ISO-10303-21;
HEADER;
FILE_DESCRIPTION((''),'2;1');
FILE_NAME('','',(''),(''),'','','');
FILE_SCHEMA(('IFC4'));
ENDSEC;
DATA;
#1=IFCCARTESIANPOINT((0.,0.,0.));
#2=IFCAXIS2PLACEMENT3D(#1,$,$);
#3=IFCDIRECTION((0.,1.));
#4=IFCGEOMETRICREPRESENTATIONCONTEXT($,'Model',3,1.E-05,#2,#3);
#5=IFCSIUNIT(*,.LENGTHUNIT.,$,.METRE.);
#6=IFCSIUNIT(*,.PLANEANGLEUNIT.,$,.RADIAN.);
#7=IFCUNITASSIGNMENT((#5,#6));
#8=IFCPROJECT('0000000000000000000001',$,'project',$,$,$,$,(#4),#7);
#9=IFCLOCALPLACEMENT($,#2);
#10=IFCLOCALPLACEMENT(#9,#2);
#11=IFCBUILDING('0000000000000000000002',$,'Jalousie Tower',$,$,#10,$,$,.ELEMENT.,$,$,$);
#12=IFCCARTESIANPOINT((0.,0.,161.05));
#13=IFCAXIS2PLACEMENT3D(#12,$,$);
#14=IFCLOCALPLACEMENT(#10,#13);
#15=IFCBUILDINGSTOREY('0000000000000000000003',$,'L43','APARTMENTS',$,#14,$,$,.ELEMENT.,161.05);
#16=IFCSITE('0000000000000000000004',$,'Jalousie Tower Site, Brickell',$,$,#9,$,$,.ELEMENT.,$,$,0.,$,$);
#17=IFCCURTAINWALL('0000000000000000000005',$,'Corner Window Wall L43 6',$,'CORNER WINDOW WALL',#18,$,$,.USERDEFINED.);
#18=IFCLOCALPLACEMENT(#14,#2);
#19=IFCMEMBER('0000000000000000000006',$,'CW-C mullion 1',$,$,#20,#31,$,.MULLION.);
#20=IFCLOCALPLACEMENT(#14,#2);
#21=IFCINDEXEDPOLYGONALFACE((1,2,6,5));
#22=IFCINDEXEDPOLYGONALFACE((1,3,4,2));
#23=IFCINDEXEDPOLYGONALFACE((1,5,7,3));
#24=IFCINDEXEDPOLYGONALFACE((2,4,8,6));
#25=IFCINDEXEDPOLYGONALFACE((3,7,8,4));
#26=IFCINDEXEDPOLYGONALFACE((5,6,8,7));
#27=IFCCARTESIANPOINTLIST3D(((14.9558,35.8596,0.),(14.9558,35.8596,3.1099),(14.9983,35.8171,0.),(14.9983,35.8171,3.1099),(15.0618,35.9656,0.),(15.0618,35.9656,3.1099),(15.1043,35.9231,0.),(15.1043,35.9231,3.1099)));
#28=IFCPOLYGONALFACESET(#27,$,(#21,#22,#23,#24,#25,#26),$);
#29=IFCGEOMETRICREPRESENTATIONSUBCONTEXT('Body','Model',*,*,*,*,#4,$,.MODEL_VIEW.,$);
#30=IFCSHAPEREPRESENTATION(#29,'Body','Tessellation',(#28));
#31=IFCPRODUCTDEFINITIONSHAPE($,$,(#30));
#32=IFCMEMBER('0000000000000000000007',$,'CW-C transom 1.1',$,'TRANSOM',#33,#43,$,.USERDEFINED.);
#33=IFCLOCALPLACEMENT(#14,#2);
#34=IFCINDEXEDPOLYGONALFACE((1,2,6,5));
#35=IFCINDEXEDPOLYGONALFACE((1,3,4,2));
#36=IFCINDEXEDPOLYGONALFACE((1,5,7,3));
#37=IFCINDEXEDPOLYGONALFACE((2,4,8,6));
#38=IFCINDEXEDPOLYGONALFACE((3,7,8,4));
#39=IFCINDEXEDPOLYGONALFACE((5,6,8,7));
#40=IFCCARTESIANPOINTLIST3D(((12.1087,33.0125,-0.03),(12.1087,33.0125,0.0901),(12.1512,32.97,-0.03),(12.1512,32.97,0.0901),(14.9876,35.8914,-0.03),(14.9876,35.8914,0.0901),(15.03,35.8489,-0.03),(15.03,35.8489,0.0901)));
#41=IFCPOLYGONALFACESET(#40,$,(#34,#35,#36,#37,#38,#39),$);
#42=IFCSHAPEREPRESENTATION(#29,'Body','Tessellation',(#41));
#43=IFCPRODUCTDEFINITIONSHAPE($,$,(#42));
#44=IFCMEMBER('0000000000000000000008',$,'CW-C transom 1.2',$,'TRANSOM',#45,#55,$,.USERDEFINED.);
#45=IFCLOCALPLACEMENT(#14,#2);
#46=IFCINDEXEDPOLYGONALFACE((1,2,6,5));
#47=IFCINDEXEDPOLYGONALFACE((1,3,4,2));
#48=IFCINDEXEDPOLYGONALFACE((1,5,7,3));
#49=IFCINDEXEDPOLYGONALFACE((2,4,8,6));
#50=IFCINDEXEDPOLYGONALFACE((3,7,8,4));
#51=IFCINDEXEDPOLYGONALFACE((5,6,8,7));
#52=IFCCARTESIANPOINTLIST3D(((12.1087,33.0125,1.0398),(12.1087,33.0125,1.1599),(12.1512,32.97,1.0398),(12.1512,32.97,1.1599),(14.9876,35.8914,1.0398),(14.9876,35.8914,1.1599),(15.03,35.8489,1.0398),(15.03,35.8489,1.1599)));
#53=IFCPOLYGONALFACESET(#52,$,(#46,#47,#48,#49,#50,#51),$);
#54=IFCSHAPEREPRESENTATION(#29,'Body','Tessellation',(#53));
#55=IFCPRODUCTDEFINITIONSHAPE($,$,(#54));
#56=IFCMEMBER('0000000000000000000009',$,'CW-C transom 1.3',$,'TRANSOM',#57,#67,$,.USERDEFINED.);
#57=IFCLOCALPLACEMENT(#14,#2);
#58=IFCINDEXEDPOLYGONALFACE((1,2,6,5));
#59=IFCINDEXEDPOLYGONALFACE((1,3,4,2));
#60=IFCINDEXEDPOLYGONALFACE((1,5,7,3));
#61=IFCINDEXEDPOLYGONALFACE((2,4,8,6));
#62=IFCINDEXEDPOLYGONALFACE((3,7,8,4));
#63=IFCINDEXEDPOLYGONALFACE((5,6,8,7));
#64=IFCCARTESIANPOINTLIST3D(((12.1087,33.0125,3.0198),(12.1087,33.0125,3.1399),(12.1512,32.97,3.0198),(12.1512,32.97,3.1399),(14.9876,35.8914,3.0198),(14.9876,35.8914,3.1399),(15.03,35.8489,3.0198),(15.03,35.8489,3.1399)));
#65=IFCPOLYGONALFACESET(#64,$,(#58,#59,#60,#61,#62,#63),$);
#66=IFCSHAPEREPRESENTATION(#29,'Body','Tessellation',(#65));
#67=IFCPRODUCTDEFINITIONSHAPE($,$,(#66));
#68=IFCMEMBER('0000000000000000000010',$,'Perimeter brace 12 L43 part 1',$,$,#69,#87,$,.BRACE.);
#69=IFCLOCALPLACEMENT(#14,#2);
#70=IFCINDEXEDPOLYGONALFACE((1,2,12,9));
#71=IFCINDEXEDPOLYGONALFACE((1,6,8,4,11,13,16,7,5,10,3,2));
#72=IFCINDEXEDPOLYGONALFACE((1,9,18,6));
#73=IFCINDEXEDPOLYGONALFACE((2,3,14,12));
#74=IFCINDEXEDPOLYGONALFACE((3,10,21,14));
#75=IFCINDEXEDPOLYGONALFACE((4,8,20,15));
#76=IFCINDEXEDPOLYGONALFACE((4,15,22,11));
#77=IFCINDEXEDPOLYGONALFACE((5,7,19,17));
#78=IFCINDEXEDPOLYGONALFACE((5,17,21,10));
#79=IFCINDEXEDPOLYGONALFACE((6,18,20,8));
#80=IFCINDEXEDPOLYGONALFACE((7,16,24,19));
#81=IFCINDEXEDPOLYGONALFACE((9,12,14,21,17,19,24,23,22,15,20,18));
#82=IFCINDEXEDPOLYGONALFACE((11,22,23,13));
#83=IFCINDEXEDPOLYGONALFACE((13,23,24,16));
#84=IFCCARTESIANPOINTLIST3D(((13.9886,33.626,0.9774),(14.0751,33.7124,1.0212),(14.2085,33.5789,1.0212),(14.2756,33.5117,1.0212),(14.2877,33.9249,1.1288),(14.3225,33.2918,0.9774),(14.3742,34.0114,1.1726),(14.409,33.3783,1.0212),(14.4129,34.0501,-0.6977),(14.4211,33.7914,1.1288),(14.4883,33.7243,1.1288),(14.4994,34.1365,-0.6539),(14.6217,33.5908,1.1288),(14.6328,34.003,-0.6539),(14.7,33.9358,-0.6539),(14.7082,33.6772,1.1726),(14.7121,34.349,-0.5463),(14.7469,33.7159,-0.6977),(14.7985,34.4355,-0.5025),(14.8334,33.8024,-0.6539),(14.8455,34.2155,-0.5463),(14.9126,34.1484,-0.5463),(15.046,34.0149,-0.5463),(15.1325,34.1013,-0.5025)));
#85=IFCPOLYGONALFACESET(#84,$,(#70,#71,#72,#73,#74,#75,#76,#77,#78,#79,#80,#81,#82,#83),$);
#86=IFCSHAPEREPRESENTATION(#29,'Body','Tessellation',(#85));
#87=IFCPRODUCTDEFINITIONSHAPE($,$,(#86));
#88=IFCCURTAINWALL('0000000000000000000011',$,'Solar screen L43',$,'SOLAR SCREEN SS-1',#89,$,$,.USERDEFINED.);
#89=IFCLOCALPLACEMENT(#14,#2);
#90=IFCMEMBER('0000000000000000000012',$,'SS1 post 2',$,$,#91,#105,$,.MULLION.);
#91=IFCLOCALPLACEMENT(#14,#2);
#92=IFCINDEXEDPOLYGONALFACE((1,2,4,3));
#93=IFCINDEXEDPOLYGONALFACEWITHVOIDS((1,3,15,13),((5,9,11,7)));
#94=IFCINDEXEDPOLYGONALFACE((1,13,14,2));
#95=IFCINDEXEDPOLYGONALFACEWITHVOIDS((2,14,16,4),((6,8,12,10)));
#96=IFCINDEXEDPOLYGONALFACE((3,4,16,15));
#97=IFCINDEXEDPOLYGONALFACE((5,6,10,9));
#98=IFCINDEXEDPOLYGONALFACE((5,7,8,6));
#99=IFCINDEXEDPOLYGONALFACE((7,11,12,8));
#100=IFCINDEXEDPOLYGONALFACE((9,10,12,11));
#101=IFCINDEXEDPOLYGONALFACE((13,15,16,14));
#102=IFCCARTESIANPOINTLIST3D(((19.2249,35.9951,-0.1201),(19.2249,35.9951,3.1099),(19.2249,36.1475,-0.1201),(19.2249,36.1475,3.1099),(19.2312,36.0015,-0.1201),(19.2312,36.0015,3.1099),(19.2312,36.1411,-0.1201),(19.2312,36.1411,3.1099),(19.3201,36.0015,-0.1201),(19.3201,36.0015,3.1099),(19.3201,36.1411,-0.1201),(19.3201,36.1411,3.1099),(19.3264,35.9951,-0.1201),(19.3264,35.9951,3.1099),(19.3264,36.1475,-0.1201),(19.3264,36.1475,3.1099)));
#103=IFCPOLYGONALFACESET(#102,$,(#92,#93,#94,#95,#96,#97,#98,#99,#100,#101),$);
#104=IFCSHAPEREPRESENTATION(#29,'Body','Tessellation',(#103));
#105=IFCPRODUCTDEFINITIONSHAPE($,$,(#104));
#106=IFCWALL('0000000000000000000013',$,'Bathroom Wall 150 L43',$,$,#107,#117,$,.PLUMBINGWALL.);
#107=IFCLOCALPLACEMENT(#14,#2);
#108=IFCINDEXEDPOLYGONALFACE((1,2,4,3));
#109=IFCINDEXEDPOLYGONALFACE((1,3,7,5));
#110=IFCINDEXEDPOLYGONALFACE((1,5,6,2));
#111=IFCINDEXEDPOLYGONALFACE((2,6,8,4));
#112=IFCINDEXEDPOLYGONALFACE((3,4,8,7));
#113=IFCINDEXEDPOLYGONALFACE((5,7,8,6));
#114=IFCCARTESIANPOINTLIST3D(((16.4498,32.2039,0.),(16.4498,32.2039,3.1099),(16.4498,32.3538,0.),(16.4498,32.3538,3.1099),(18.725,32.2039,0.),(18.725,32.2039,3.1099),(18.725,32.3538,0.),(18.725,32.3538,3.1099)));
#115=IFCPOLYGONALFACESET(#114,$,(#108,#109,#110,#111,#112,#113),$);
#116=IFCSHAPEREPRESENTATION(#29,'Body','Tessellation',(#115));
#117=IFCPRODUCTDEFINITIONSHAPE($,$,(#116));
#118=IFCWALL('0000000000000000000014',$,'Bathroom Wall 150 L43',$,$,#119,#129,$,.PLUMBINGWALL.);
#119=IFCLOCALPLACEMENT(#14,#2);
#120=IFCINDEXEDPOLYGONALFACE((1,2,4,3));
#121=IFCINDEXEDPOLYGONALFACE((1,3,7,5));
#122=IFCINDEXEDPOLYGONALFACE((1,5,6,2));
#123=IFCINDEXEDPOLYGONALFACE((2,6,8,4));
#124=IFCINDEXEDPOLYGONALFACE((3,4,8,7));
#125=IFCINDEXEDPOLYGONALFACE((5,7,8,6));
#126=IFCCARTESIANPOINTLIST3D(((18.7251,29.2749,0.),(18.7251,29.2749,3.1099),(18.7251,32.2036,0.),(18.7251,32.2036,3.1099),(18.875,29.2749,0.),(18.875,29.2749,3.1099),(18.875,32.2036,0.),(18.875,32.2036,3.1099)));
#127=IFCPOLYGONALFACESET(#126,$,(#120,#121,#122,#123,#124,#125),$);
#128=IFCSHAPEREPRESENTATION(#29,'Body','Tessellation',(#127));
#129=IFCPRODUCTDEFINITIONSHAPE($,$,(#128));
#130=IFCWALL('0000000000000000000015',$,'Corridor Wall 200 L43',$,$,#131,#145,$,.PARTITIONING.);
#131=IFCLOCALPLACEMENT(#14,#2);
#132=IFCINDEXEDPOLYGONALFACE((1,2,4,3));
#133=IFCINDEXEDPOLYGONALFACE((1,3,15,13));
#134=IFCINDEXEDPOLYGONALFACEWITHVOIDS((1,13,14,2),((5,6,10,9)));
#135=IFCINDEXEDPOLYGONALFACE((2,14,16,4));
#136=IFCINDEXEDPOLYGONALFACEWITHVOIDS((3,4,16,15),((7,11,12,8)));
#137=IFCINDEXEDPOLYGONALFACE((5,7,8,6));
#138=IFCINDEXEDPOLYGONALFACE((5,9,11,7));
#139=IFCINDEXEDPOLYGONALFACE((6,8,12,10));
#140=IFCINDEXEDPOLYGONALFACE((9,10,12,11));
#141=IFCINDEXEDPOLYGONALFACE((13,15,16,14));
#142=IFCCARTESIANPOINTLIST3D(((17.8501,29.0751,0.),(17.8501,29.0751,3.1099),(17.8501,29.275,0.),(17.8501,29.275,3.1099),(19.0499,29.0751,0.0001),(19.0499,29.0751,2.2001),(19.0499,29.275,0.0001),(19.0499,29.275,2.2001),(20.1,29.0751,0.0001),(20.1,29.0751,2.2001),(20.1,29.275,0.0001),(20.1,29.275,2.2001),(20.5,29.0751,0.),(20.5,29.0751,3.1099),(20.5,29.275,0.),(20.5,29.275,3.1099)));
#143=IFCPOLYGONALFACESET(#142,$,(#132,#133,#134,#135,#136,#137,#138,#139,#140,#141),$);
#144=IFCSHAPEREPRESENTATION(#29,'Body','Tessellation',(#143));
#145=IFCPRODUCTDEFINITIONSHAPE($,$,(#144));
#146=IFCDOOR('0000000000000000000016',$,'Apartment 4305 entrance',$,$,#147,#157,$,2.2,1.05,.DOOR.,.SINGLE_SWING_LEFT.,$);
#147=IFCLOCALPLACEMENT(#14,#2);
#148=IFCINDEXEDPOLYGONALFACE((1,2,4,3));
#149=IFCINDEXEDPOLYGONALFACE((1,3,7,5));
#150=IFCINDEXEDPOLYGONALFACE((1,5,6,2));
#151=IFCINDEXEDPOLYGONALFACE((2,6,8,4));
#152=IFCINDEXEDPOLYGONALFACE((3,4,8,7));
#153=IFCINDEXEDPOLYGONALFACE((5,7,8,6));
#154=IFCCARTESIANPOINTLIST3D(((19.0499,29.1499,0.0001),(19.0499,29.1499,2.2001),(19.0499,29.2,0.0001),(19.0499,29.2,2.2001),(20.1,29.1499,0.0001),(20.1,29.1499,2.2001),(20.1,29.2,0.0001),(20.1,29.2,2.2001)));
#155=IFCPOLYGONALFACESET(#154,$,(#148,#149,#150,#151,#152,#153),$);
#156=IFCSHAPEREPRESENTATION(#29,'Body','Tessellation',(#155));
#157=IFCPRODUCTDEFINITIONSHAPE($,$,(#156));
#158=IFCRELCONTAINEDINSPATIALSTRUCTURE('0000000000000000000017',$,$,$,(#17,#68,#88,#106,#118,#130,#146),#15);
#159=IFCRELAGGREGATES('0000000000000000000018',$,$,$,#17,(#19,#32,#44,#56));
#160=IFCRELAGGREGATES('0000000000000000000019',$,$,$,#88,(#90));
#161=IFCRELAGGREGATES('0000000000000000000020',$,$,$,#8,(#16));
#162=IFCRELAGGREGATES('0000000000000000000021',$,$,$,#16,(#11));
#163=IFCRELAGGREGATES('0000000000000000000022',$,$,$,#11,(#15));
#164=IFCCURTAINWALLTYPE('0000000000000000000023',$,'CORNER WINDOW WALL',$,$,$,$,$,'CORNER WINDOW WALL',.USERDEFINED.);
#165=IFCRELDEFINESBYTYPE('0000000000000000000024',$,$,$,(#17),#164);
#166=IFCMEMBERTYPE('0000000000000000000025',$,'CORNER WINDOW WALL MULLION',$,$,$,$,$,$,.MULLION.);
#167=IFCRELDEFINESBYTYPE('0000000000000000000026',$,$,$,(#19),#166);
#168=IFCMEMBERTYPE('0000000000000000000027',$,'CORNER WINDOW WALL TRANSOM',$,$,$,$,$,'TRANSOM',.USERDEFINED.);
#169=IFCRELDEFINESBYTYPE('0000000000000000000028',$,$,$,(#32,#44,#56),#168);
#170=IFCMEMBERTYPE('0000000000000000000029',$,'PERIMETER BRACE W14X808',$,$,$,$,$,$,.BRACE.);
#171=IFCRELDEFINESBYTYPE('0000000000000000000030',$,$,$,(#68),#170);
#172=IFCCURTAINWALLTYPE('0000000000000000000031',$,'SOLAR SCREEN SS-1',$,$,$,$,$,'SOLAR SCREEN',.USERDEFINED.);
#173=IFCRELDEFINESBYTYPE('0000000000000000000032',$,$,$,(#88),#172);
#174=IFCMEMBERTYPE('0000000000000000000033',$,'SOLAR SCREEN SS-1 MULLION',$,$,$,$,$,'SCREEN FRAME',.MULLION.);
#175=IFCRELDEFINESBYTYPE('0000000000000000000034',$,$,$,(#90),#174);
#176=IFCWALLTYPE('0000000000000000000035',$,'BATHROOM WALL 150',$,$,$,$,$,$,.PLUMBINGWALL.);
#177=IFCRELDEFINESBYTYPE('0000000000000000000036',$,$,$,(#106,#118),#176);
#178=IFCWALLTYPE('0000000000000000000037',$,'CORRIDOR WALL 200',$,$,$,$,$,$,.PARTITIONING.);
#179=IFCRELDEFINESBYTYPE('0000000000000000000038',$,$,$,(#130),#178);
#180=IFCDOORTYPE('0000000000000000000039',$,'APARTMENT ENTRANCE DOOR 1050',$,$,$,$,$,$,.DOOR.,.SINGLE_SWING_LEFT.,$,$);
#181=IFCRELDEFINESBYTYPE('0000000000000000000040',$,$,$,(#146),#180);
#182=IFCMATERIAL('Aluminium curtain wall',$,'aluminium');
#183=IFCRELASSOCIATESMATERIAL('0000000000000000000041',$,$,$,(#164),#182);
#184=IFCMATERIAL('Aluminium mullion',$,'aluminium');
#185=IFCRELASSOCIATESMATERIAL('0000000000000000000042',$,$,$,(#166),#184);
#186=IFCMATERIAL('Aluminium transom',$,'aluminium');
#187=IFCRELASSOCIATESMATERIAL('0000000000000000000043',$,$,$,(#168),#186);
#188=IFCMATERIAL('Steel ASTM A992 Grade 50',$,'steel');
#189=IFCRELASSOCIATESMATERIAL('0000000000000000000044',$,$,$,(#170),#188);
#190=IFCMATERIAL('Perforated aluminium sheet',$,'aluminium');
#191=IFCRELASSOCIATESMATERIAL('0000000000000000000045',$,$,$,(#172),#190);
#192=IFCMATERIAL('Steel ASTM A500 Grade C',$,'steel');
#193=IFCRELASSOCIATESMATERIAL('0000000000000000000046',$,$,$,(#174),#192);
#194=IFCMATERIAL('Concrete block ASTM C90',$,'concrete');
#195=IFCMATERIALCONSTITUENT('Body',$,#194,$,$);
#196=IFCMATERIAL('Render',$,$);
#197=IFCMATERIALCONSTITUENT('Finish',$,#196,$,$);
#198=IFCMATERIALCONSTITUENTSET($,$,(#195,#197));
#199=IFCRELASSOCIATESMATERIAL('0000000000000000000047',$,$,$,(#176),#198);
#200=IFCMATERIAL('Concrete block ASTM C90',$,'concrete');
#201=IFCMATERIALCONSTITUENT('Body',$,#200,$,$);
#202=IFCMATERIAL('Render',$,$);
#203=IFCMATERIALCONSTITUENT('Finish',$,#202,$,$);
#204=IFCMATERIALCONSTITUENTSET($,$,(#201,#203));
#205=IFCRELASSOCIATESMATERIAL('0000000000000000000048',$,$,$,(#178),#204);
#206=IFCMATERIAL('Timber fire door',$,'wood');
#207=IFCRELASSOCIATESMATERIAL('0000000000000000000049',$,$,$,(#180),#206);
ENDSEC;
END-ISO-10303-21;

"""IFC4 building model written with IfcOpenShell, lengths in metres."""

from ifc_helpers import new_model, si_unit, direction, frame, frame_2d, origin, origin_2d, place, context, subcontext, project, spatial, rectangle, hollow_rectangle, i_section, extrude, material, constituent, constituent_set, material_profile, profile_set, type_object, element, fill, aggregate, save


model = new_model("IFC4")

# Units and contexts
model_context = context("Model", 3, precision=1e-05, world=origin(), true_north=direction((0.0, 1.0)))
body_context = subcontext(model_context, "Body", "Model", "MODEL_VIEW")
ifc_project = project(units=[si_unit("LENGTHUNIT", "METRE"), si_unit("PLANEANGLEUNIT", "RADIAN")], contexts=[model_context])

# Site, building, storey
site_placement = place(None, origin())
site = spatial("IfcSite", under=ifc_project, at=site_placement, Name="Jalousie Tower Site, Brickell", CompositionType="ELEMENT", RefElevation=0.0)
building_placement = place(site_placement, origin())
building = spatial("IfcBuilding", under=site, at=building_placement, Name="Jalousie Tower", CompositionType="ELEMENT")
storey_placement = place(building_placement, frame((0.0, 0.0, 161.05)))
storey = spatial("IfcBuildingStorey", under=building, at=storey_placement, Name="L43", Description="APARTMENTS", CompositionType="ELEMENT", Elevation=161.05)

# Curtain wall, members
ifc_material_1 = material(Name="Aluminium curtain wall", Category="aluminium")
curtain_wall_type_1 = type_object("IfcCurtainWallType", Name="CORNER WINDOW WALL", ElementType="CORNER WINDOW WALL", PredefinedType="USERDEFINED", material=ifc_material_1)
curtain_wall_1_placement = place(storey_placement, origin())
curtain_wall_1 = element("IfcCurtainWall", 1, at=curtain_wall_1_placement, inside=storey, type_object=curtain_wall_type_1, Name="Corner Window Wall L43 6", ObjectType="CORNER WINDOW WALL", PredefinedType="USERDEFINED")
ifc_material_2 = material(Name="Aluminium mullion", Category="aluminium")
ifc_material_profile_1 = material_profile(ifc_material_2, rectangle(XDim=0.0601, YDim=0.1499, at=origin_2d()), Name="MULLION 60x150")
ifc_profile_set_1 = profile_set([ifc_material_profile_1], Name="Aluminium mullion")
member_type_1 = type_object("IfcMemberType", Name="CORNER WINDOW WALL MULLION", PredefinedType="MULLION", material=ifc_profile_set_1)
member_1_placement = place(storey_placement, frame((15.03, 35.8914, 0.0), z_axis=(0.0, 0.0, 1.0), x_axis=(0.707107, -0.707107, 0.0)))
member_1 = element("IfcMember", 2, at=member_1_placement, type_object=member_type_1, Name="CW-C mullion 1", PredefinedType="MULLION", context=body_context, shape_type="SweptSolid", body=[
    extrude(rectangle(XDim=0.0601, YDim=0.1499, at=origin_2d()), origin(), (0.0, 0.0, 1.0), 3.1099),
])
ifc_material_3 = material(Name="Aluminium transom", Category="aluminium")
ifc_material_profile_2 = material_profile(ifc_material_3, rectangle(XDim=0.0601, YDim=0.1201, at=origin_2d()), Name="TRANSOM 60x120")
ifc_profile_set_2 = profile_set([ifc_material_profile_2], Name="Aluminium transom")
member_type_2 = type_object("IfcMemberType", Name="CORNER WINDOW WALL TRANSOM", ElementType="TRANSOM", PredefinedType="USERDEFINED", material=ifc_profile_set_2)
member_2_placement = place(storey_placement, frame((15.0088, 35.8701, 0.03), z_axis=(-0.707107, -0.707107, 0.0), x_axis=(0.707107, -0.707107, 0.0)))
member_2 = element("IfcMember", 3, at=member_2_placement, type_object=member_type_2, Name="CW-C transom 1.1", ObjectType="TRANSOM", PredefinedType="USERDEFINED", context=body_context, shape_type="SweptSolid", body=[
    extrude(rectangle(XDim=0.0601, YDim=0.1201, at=origin_2d()), origin(), (0.0, 0.0, 1.0), 4.0713),
])
member_3_placement = place(storey_placement, frame((15.0088, 35.8701, 1.0999), z_axis=(-0.707107, -0.707107, 0.0), x_axis=(0.707107, -0.707107, 0.0)))
member_3 = element("IfcMember", 4, at=member_3_placement, type_object=member_type_2, Name="CW-C transom 1.2", ObjectType="TRANSOM", PredefinedType="USERDEFINED", context=body_context, shape_type="SweptSolid", body=[
    extrude(rectangle(XDim=0.0601, YDim=0.1201, at=origin_2d()), origin(), (0.0, 0.0, 1.0), 4.0713),
])
member_4_placement = place(storey_placement, frame((15.0088, 35.8701, 3.0798), z_axis=(-0.707107, -0.707107, 0.0), x_axis=(0.707107, -0.707107, 0.0)))
member_4 = element("IfcMember", 5, at=member_4_placement, type_object=member_type_2, Name="CW-C transom 1.3", ObjectType="TRANSOM", PredefinedType="USERDEFINED", context=body_context, shape_type="SweptSolid", body=[
    extrude(rectangle(XDim=0.0601, YDim=0.1201, at=origin_2d()), origin(), (0.0, 0.0, 1.0), 4.0713),
])
aggregate(curtain_wall_1, [member_1, member_2, member_3, member_4])

# Member
ifc_material_4 = material(Name="Steel ASTM A992 Grade 50", Category="steel")
ifc_material_profile_3 = material_profile(ifc_material_4, i_section(OverallWidth=0.4724, OverallDepth=0.5791, WebThickness=0.095, FlangeThickness=0.1299, at=origin_2d()), Name="W14X808")
ifc_profile_set_3 = profile_set([ifc_material_profile_3], Name="Steel ASTM A992 Grade 50")
member_type_3 = type_object("IfcMemberType", Name="PERIMETER BRACE W14X808", PredefinedType="BRACE", material=ifc_profile_set_3)
member_5_placement = place(storey_placement, frame((14.7727, 34.0757, -0.6001), z_axis=(-0.238483, -0.238346, 0.941444), x_axis=(0.706903, -0.70731, 0.0)))
element("IfcMember", 6, at=member_5_placement, inside=storey, type_object=member_type_3, Name="Perimeter brace 12 L43 part 1", PredefinedType="BRACE", context=body_context, shape_type="SweptSolid", body=[
    extrude(i_section(OverallWidth=0.4724, OverallDepth=0.5791, WebThickness=0.095, FlangeThickness=0.1299, at=origin_2d()), origin(), (0.0, 0.0, 1.0), 1.7793),
])

# Curtain wall, member
ifc_material_5 = material(Name="Perforated aluminium sheet", Category="aluminium")
curtain_wall_type_2 = type_object("IfcCurtainWallType", Name="SOLAR SCREEN SS-1", ElementType="SOLAR SCREEN", PredefinedType="USERDEFINED", material=ifc_material_5)
curtain_wall_2_placement = place(storey_placement, origin())
curtain_wall_2 = element("IfcCurtainWall", 7, at=curtain_wall_2_placement, inside=storey, type_object=curtain_wall_type_2, Name="Solar screen L43", ObjectType="SOLAR SCREEN SS-1", PredefinedType="USERDEFINED")
ifc_material_6 = material(Name="Steel ASTM A500 Grade C", Category="steel")
ifc_material_profile_4 = material_profile(ifc_material_6, hollow_rectangle(XDim=0.1016, YDim=0.1523, WallThickness=0.0063, at=origin_2d()), Name="HSS6X4X1/4")
ifc_profile_set_4 = profile_set([ifc_material_profile_4], Name="Steel ASTM A500 Grade C")
member_type_4 = type_object("IfcMemberType", Name="SOLAR SCREEN SS-1 MULLION", ElementType="SCREEN FRAME", PredefinedType="MULLION", material=ifc_profile_set_4)
member_6_placement = place(storey_placement, frame((19.2756, 36.0713, -0.1201), z_axis=(0.0, 0.0, 1.0), x_axis=(-1.0, 0.0, 0.0)))
member_6 = element("IfcMember", 8, at=member_6_placement, type_object=member_type_4, Name="SS1 post 2", PredefinedType="MULLION", context=body_context, shape_type="SweptSolid", body=[
    extrude(hollow_rectangle(XDim=0.1016, YDim=0.1523, WallThickness=0.0063, at=origin_2d()), origin(), (0.0, 0.0, 1.0), 3.23),
])
aggregate(curtain_wall_2, [member_6])

# Walls
ifc_material_7 = material(Name="Concrete block ASTM C90", Category="concrete")
ifc_constituent_1 = constituent(ifc_material_7, Name="Body")
ifc_material_8 = material(Name="Render")
ifc_constituent_2 = constituent(ifc_material_8, Name="Finish")
ifc_constituent_set_1 = constituent_set(constituents=[ifc_constituent_1, ifc_constituent_2])
wall_type_1 = type_object("IfcWallType", Name="BATHROOM WALL 150", PredefinedType="PLUMBINGWALL", material=ifc_constituent_set_1)
wall_1_placement = place(storey_placement, frame((18.7251, 32.2788, 0.0), z_axis=(0.0, 0.0, 1.0), x_axis=(-1.0, 0.0, 0.0)))
element("IfcWall", 9, at=wall_1_placement, inside=storey, type_object=wall_type_1, Name="Bathroom Wall 150 L43", PredefinedType="PLUMBINGWALL", context=body_context, shape_type="SweptSolid", body=[
    extrude(rectangle(XDim=2.2751, YDim=0.1499, at=frame_2d((1.1377, 0.0))), origin(), (0.0, 0.0, 1.0), 3.1099),
])
wall_2_placement = place(storey_placement, frame((18.8, 32.2036, 0.0), z_axis=(0.0, 0.0, 1.0), x_axis=(0.0, -1.0, 0.0)))
element("IfcWall", 10, at=wall_2_placement, inside=storey, type_object=wall_type_1, Name="Bathroom Wall 150 L43", PredefinedType="PLUMBINGWALL", context=body_context, shape_type="SweptSolid", body=[
    extrude(rectangle(XDim=2.9287, YDim=0.1499, at=frame_2d((1.4644, 0.0))), origin(), (0.0, 0.0, 1.0), 3.1099),
])

# Wall, opening, door
ifc_material_9 = material(Name="Concrete block ASTM C90", Category="concrete")
ifc_constituent_3 = constituent(ifc_material_9, Name="Body")
ifc_material_10 = material(Name="Render")
ifc_constituent_4 = constituent(ifc_material_10, Name="Finish")
ifc_constituent_set_2 = constituent_set(constituents=[ifc_constituent_3, ifc_constituent_4])
wall_type_2 = type_object("IfcWallType", Name="CORRIDOR WALL 200", PredefinedType="PARTITIONING", material=ifc_constituent_set_2)
wall_3_placement = place(storey_placement, frame((17.8501, 29.175, 0.0), z_axis=(0.0, 0.0, 1.0), x_axis=(1.0, 0.0, 0.0)))
wall_3 = element("IfcWall", 11, at=wall_3_placement, inside=storey, type_object=wall_type_2, Name="Corridor Wall 200 L43", PredefinedType="PARTITIONING", context=body_context, shape_type="SweptSolid", body=[
    extrude(rectangle(XDim=2.6499, YDim=0.2, at=frame_2d((1.325, 0.0))), origin(), (0.0, 0.0, 1.0), 3.1099),
])
opening_1_placement = place(wall_3_placement, frame((1.2, 0.0, 0.0)))
opening_1 = element("IfcOpeningElement", 12, at=opening_1_placement, cuts=wall_3, PredefinedType="OPENING", context=body_context, shape_type="SweptSolid", body=[
    extrude(rectangle(XDim=1.05, YDim=2.2, at=frame_2d((0.5249, 1.1001))), frame((0.0, 0.1099, 0.0), z_axis=(0.0, -1.0, 0.0), x_axis=(1.0, 0.0, 0.0)), (0.0, 0.0, 1.0), 0.22),
])
ifc_material_11 = material(Name="Timber fire door", Category="wood")
door_type_1 = type_object("IfcDoorType", Name="APARTMENT ENTRANCE DOOR 1050", OperationType="SINGLE_SWING_LEFT", PredefinedType="DOOR", material=ifc_material_11)
door_1_placement = place(opening_1_placement, origin())
door_1 = element("IfcDoor", 13, at=door_1_placement, inside=storey, type_object=door_type_1, Name="Apartment 4305 entrance", OperationType="SINGLE_SWING_LEFT", OverallHeight=2.2, OverallWidth=1.05, PredefinedType="DOOR", context=body_context, shape_type="SweptSolid", body=[
    extrude(rectangle(XDim=1.05, YDim=2.2, at=frame_2d((0.5249, 1.1001))), frame((0.0, 0.0249, 0.0), z_axis=(0.0, -1.0, 0.0), x_axis=(1.0, 0.0, 0.0)), (0.0, 0.0, 1.0), 0.05),
])
fill(opening_1, door_1)

save(model, "model.ifc")
